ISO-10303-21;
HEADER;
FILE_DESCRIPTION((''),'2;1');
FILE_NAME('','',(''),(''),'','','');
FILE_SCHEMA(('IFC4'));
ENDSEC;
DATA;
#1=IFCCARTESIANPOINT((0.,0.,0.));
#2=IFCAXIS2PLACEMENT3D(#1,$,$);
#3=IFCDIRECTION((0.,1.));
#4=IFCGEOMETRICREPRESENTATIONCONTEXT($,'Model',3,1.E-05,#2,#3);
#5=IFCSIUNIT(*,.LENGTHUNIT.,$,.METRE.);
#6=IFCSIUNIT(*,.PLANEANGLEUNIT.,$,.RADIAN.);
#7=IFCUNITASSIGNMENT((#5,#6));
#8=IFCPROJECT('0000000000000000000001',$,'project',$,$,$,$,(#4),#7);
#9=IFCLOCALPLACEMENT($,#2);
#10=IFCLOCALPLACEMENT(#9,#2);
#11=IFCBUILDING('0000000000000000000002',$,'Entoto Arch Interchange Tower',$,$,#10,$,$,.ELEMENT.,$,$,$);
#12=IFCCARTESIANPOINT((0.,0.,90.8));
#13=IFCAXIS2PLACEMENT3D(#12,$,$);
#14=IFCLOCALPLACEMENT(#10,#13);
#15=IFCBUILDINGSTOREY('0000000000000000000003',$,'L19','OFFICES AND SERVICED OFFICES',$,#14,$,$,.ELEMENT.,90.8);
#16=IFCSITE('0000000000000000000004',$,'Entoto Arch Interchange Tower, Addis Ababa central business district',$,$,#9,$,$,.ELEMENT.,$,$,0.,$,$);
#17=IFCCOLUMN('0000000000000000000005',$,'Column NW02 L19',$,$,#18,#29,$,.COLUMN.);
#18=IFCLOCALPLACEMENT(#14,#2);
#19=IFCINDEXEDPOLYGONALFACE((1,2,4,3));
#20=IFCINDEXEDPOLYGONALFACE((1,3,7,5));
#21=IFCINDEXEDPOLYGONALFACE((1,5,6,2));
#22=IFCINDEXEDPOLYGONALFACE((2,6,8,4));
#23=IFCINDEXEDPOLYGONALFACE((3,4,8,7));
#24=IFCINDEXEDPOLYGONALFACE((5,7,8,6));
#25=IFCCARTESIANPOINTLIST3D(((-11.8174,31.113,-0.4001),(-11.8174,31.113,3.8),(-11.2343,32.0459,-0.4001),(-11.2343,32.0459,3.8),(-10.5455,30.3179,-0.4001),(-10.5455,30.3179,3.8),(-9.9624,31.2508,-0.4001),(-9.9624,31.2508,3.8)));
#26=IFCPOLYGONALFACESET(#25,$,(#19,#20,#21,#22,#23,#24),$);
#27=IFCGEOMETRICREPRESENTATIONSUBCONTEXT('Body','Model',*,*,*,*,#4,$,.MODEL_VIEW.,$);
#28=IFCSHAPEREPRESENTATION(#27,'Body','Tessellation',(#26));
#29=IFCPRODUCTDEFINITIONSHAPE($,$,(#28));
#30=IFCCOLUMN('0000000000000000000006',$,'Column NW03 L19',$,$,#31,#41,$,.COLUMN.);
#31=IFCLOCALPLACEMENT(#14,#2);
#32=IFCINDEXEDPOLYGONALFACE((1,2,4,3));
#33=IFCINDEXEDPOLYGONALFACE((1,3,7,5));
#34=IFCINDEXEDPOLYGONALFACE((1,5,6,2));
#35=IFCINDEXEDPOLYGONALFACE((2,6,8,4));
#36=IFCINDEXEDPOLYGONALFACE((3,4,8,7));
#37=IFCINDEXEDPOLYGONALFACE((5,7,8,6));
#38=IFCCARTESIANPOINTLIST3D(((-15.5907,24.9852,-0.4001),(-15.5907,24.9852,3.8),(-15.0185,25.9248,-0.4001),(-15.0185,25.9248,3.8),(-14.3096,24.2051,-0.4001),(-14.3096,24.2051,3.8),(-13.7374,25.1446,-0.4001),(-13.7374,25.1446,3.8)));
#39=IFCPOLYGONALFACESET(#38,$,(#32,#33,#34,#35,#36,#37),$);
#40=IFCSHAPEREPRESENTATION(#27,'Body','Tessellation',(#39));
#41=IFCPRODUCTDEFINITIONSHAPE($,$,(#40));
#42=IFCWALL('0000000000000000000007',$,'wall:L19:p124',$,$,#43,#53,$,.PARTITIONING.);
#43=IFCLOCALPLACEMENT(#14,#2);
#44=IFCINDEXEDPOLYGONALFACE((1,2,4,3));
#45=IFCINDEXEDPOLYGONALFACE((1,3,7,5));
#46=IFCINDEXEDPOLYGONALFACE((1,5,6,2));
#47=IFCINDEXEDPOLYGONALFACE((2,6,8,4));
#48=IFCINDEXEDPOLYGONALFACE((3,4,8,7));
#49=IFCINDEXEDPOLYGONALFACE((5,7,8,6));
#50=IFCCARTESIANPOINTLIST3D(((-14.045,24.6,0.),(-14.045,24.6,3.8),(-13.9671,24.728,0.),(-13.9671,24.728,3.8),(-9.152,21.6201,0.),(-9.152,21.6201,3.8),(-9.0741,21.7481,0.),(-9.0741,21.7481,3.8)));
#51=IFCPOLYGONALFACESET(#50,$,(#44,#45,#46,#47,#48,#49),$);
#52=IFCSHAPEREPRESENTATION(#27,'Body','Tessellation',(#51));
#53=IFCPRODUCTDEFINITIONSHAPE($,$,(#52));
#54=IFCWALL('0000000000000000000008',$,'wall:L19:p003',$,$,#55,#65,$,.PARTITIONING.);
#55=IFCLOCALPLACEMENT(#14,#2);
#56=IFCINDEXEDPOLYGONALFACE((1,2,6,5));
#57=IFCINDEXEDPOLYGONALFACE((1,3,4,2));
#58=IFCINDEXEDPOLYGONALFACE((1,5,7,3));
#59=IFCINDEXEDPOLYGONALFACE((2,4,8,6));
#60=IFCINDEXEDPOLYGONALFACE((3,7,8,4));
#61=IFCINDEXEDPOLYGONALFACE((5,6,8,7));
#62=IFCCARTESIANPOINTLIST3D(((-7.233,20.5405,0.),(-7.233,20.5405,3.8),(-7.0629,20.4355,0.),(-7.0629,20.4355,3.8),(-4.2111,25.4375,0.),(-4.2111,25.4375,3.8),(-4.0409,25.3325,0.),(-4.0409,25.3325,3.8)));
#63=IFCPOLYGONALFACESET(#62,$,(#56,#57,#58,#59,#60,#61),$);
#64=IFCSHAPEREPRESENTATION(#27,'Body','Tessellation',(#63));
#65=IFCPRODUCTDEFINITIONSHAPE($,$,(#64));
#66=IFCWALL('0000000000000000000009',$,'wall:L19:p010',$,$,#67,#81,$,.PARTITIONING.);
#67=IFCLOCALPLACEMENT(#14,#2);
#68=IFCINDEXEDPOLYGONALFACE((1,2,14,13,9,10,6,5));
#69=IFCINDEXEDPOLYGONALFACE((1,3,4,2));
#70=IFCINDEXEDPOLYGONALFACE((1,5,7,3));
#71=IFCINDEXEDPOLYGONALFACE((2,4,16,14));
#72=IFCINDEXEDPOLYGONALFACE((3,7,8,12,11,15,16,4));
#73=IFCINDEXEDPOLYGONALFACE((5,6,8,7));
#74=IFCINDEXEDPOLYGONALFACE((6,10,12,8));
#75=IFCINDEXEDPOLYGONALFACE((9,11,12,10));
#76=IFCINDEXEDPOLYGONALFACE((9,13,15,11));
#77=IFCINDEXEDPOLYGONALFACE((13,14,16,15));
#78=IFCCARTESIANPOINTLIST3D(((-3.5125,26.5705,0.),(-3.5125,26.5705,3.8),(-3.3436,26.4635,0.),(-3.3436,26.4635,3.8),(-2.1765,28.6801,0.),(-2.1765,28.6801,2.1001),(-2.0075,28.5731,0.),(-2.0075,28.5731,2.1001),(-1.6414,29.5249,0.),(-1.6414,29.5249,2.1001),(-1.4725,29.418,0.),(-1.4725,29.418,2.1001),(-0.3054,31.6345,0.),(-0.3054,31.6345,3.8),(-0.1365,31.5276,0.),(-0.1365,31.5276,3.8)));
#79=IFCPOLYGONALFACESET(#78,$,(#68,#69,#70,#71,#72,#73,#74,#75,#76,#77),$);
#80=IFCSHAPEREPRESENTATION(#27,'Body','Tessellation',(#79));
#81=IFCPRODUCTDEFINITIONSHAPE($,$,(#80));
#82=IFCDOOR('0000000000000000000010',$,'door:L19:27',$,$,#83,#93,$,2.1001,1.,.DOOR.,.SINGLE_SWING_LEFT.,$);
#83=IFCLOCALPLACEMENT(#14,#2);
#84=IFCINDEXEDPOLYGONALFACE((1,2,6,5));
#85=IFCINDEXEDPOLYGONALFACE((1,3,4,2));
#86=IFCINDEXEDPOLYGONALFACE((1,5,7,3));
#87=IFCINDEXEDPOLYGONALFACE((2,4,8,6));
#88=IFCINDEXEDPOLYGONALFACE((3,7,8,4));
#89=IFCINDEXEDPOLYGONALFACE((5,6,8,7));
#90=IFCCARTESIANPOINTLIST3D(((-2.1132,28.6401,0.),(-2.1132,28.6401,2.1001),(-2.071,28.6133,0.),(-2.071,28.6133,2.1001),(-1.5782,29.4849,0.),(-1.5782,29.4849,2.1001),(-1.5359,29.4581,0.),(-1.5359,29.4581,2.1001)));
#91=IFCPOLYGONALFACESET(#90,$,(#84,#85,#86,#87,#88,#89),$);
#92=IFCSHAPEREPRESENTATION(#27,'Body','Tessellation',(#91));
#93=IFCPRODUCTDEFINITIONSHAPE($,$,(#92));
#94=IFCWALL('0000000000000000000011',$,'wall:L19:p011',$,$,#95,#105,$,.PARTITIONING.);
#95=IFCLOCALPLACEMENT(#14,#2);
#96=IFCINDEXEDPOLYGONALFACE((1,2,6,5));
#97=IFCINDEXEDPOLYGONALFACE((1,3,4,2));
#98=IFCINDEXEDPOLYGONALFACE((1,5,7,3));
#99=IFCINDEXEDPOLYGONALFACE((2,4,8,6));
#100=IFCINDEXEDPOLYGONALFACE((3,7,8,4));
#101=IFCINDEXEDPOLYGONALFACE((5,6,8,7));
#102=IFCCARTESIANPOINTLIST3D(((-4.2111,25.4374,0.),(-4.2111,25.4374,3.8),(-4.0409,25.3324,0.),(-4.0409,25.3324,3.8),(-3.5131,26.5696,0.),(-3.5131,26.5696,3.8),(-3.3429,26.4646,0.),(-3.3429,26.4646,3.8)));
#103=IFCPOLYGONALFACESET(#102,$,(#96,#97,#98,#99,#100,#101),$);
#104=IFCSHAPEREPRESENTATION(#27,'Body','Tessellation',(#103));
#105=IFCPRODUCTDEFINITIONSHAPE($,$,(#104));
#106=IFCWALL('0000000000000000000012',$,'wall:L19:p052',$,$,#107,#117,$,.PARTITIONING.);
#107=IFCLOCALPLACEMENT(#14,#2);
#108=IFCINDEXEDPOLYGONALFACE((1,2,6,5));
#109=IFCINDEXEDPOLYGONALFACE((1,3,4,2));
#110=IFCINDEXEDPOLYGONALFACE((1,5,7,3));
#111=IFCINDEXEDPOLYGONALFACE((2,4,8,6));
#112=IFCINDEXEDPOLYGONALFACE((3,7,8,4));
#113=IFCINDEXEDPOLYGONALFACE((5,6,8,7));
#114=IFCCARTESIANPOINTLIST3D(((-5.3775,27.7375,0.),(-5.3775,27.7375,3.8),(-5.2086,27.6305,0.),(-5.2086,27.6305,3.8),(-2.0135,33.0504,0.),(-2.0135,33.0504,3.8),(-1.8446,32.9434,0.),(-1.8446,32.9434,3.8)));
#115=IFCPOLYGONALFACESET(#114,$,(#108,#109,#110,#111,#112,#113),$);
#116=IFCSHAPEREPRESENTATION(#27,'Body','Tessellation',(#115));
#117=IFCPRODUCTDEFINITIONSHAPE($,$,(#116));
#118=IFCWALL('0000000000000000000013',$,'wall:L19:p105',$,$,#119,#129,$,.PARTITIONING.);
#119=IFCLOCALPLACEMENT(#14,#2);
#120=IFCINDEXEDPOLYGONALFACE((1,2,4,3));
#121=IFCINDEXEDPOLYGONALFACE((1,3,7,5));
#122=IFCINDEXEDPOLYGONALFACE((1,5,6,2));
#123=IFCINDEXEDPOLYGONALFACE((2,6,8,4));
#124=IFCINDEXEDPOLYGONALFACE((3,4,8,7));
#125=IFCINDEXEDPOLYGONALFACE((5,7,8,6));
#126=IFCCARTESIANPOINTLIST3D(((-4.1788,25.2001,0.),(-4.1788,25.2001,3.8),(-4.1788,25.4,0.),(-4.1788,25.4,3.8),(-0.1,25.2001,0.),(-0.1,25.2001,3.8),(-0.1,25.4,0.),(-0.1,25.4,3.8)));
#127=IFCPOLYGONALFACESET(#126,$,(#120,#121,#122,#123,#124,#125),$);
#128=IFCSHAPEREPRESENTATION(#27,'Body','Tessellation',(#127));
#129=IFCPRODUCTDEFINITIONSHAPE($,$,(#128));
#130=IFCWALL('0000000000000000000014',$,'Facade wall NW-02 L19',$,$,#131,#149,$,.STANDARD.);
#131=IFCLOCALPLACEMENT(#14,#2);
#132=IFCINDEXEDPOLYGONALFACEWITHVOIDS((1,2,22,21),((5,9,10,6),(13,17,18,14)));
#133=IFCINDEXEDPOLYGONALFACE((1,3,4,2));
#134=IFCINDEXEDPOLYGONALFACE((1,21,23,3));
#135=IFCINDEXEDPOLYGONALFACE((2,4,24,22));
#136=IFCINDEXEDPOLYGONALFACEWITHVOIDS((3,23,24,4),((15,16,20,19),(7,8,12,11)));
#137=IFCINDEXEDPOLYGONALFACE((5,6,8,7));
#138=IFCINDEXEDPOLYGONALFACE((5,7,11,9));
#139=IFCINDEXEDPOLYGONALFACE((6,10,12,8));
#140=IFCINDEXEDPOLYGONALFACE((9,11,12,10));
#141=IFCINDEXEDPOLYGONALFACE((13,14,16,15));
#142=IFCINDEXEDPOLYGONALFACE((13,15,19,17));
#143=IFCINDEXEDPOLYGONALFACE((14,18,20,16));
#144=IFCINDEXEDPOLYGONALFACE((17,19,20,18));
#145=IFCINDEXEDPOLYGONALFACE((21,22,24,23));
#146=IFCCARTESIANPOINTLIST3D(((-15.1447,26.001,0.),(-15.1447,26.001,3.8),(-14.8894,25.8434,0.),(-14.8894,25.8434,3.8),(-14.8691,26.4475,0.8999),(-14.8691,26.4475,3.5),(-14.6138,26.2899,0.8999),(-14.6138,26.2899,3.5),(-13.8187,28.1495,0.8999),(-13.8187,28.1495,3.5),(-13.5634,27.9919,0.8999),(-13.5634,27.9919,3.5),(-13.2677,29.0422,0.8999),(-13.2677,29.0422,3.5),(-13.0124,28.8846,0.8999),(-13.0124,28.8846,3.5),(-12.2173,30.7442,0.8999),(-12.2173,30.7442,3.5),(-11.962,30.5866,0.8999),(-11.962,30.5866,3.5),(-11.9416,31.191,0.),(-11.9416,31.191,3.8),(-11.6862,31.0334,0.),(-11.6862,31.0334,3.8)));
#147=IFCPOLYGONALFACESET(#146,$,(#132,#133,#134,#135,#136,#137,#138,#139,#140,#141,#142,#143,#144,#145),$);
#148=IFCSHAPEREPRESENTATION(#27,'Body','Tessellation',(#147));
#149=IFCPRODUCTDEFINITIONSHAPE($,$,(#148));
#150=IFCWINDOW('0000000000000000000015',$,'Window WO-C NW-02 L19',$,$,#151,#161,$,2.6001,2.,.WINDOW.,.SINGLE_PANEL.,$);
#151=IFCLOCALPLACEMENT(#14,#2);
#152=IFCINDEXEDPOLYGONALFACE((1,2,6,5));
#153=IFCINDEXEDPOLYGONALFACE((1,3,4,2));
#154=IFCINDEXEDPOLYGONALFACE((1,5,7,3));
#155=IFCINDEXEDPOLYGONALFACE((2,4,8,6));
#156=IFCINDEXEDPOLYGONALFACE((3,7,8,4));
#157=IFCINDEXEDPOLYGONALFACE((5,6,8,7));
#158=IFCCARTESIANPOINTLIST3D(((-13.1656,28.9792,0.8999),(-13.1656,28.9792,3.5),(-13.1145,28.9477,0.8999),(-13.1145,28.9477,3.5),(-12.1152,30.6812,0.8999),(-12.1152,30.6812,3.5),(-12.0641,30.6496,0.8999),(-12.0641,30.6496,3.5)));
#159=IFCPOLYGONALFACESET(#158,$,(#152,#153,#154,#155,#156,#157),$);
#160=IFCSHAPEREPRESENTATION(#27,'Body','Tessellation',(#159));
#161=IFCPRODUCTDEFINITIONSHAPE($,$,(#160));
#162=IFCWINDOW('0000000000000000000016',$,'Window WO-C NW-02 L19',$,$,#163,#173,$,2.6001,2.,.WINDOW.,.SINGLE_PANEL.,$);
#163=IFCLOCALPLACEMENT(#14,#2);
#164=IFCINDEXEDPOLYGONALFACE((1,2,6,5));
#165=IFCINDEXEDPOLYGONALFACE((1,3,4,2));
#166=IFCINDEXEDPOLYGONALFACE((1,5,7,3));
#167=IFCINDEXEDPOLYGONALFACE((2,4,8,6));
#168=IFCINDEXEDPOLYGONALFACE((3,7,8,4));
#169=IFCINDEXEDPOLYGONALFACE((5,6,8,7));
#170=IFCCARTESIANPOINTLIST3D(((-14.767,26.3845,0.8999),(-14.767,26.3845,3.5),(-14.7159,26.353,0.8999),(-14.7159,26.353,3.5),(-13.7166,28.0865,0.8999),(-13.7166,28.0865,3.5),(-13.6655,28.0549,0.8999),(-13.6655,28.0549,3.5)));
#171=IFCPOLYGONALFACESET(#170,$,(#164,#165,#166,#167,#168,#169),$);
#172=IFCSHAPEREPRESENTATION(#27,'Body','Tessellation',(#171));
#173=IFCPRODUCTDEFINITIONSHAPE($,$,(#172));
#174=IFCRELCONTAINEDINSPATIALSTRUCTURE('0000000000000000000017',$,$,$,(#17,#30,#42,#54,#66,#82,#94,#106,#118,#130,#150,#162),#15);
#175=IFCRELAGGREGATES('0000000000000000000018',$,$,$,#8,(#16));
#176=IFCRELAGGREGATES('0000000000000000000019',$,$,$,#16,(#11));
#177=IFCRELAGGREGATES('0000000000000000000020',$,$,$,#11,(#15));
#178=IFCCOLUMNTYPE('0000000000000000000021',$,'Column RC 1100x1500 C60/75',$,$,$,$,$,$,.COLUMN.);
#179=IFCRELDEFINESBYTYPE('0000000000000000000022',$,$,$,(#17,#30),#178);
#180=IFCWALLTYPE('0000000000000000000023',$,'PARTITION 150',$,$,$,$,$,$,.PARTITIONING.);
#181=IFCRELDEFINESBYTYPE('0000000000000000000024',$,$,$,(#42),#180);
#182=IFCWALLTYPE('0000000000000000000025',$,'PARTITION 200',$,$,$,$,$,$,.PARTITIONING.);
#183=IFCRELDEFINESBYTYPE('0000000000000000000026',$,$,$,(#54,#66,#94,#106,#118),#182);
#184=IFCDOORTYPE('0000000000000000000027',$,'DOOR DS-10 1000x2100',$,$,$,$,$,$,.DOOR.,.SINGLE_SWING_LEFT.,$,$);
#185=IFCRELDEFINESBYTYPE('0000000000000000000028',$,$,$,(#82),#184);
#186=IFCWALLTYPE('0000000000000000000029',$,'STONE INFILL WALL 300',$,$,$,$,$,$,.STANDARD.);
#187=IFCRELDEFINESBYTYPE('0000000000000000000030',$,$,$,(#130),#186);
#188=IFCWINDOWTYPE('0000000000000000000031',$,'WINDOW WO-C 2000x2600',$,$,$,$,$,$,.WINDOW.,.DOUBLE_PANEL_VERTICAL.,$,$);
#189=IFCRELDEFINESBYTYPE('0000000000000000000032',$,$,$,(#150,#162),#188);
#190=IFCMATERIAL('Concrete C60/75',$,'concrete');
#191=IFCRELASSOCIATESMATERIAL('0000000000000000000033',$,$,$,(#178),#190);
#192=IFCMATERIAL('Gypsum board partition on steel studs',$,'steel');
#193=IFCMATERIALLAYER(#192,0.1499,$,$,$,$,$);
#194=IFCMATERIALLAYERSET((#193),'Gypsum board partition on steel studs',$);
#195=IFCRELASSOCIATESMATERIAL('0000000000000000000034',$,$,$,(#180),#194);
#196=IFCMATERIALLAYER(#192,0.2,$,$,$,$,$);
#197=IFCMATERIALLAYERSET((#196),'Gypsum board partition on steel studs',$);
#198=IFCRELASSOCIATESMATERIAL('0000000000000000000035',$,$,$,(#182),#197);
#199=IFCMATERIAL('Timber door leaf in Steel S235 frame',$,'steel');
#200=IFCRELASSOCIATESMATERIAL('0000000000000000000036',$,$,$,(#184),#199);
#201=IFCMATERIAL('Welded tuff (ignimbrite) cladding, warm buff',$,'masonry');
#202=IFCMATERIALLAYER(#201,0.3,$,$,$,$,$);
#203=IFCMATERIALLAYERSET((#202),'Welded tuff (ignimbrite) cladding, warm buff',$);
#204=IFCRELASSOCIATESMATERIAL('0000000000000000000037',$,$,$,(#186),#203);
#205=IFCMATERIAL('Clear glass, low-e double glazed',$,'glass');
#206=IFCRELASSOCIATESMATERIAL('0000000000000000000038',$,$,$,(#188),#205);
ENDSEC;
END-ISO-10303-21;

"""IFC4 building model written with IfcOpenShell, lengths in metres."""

from ifc_helpers import new_model, si_unit, direction, frame, frame_2d, origin, origin_2d, place, context, subcontext, project, spatial, rectangle, extrude, material, layer, layer_set, material_profile, profile_set, type_object, element, fill, save


model = new_model("IFC4")

# Units and contexts
model_context = context("Model", 3, precision=1e-05, world=origin(), true_north=direction((0.0, 1.0)))
body_context = subcontext(model_context, "Body", "Model", "MODEL_VIEW")
ifc_project = project(units=[si_unit("LENGTHUNIT", "METRE"), si_unit("PLANEANGLEUNIT", "RADIAN")], contexts=[model_context])

# Site, building, storey
site_placement = place(None, origin())
site = spatial("IfcSite", under=ifc_project, at=site_placement, Name="Entoto Arch Interchange Tower, Addis Ababa central business district", CompositionType="ELEMENT", RefElevation=0.0)
building_placement = place(site_placement, origin())
building = spatial("IfcBuilding", under=site, at=building_placement, Name="Entoto Arch Interchange Tower", CompositionType="ELEMENT")
storey_placement = place(building_placement, frame((0.0, 0.0, 90.8)))
storey = spatial("IfcBuildingStorey", under=building, at=storey_placement, Name="L19", Description="OFFICES AND SERVICED OFFICES", CompositionType="ELEMENT", Elevation=90.8)

# Columns
ifc_material_1 = material(Name="Concrete C60/75", Category="concrete")
ifc_material_profile = material_profile(ifc_material_1, rectangle(XDim=1.1001, YDim=1.5, at=origin_2d()))
ifc_profile_set = profile_set([ifc_material_profile], Name="Concrete C60/75")
column_type = type_object("IfcColumnType", Name="Column RC 1100x1500 C60/75", PredefinedType="COLUMN", material=ifc_profile_set)
for number, where, z_axis, x_axis, name in (
    (1, (-10.8899, 31.1819, -0.4001), (0.0, 0.0, 1.0), (0.530067, 0.847956, 0.0), "Column NW02 L19"),
    (2, (-14.6641, 25.0649, -0.4001), (0.0, 0.0, 1.0), (0.520116, 0.854096, 0.0), "Column NW03 L19"),
):
    element("IfcColumn", number, at=place(storey_placement, frame(where, z_axis=z_axis, x_axis=x_axis)), inside=storey, type_object=column_type, Name=name, PredefinedType="COLUMN", context=body_context, shape_type="SweptSolid", body=[
        extrude(rectangle(XDim=1.1001, YDim=1.5, at=origin_2d()), origin(), (0.0, 0.0, 1.0), 4.2002),
    ])

# Walls
ifc_material_2 = material(Name="Gypsum board partition on steel studs", Category="steel")
ifc_layer_1 = layer(ifc_material_2, 0.1499)
ifc_layer_set_1 = layer_set([ifc_layer_1], Name="Gypsum board partition on steel studs")
wall_type_1 = type_object("IfcWallType", Name="PARTITION 150", PredefinedType="PARTITIONING", material=ifc_layer_set_1)
wall_1_placement = place(storey_placement, frame((-9.113, 21.6841, 0.0), z_axis=(0.0, 0.0, 1.0), x_axis=(-0.854075, 0.52015, 0.0)))
element("IfcWall", 3, at=wall_1_placement, inside=storey, type_object=wall_type_1, Name="wall:L19:p124", PredefinedType="PARTITIONING", context=body_context, shape_type="SweptSolid", body=[
    extrude(rectangle(XDim=5.729, YDim=0.1499, at=frame_2d((2.8645, 0.0))), origin(), (0.0, 0.0, 1.0), 3.8),
])
ifc_layer_2 = layer(ifc_material_2, 0.2)
ifc_layer_set_2 = layer_set([ifc_layer_2], Name="Gypsum board partition on steel studs")
wall_type_2 = type_object("IfcWallType", Name="PARTITION 200", PredefinedType="PARTITIONING", material=ifc_layer_set_2)
wall_2_placement = place(storey_placement, frame((-4.126, 25.385, 0.0), z_axis=(0.0, 0.0, 1.0), x_axis=(-0.525162, -0.851002, 0.0)))
element("IfcWall", 4, at=wall_2_placement, inside=storey, type_object=wall_type_2, Name="wall:L19:p003", PredefinedType="PARTITIONING", context=body_context, shape_type="SweptSolid", body=[
    extrude(rectangle(XDim=5.7544, YDim=0.2, at=frame_2d((2.8772, 0.0))), origin(), (0.0, 0.0, 1.0), 3.8),
])

# Wall, opening, door
wall_3_placement = place(storey_placement, frame((-0.2209, 31.5811, 0.0), z_axis=(0.0, 0.0, 1.0), x_axis=(-0.535035, -0.84483, 0.0)))
wall_3 = element("IfcWall", 5, at=wall_3_placement, inside=storey, type_object=wall_type_2, Name="wall:L19:p010", PredefinedType="PARTITIONING", context=body_context, shape_type="SweptSolid", body=[
    extrude(rectangle(XDim=5.9941, YDim=0.2, at=frame_2d((2.9971, 0.0))), origin(), (0.0, 0.0, 1.0), 3.8),
])
opening_1_placement = place(wall_3_placement, frame((2.4971, 0.0, 0.0)))
opening_1 = element("IfcOpeningElement", 6, at=opening_1_placement, cuts=wall_3, PredefinedType="OPENING", context=body_context, shape_type="SweptSolid", body=[
    extrude(rectangle(XDim=1.0, YDim=2.1001, at=frame_2d((0.5, 1.05))), frame((0.0, 0.1099, 0.0), z_axis=(0.0, -1.0, 0.0), x_axis=(1.0, 0.0, 0.0)), (0.0, 0.0, 1.0), 0.22),
])
ifc_material_3 = material(Name="Timber door leaf in Steel S235 frame", Category="steel")
door_type = type_object("IfcDoorType", Name="DOOR DS-10 1000x2100", OperationType="SINGLE_SWING_LEFT", PredefinedType="DOOR", material=ifc_material_3)
door_placement = place(opening_1_placement, origin())
door = element("IfcDoor", 7, at=door_placement, inside=storey, type_object=door_type, Name="door:L19:27", OperationType="SINGLE_SWING_LEFT", OverallHeight=2.1001, OverallWidth=1.0, PredefinedType="DOOR", context=body_context, shape_type="SweptSolid", body=[
    extrude(rectangle(XDim=1.0, YDim=2.1001, at=frame_2d((0.5, 1.05))), frame((0.0, 0.0249, 0.0), z_axis=(0.0, -1.0, 0.0), x_axis=(1.0, 0.0, 0.0)), (0.0, 0.0, 1.0), 0.05),
])
fill(opening_1, door)

# Walls
wall_4_placement = place(storey_placement, frame((-3.428, 26.5171, 0.0), z_axis=(0.0, 0.0, 1.0), x_axis=(-0.524824, -0.851211, 0.0)))
element("IfcWall", 8, at=wall_4_placement, inside=storey, type_object=wall_type_2, Name="wall:L19:p011", PredefinedType="PARTITIONING", context=body_context, shape_type="SweptSolid", body=[
    extrude(rectangle(XDim=1.3301, YDim=0.2, at=frame_2d((0.665, 0.0))), origin(), (0.0, 0.0, 1.0), 3.8),
])
wall_5_placement = place(storey_placement, frame((-5.293, 27.6841, 0.0), z_axis=(0.0, 0.0, 1.0), x_axis=(0.534952, 0.844882, 0.0)))
element("IfcWall", 9, at=wall_5_placement, inside=storey, type_object=wall_type_2, Name="wall:L19:p052", PredefinedType="PARTITIONING", context=body_context, shape_type="SweptSolid", body=[
    extrude(rectangle(XDim=6.2883, YDim=0.2, at=frame_2d((3.144, 0.0))), origin(), (0.0, 0.0, 1.0), 3.8),
])
wall_6_placement = place(storey_placement, frame((-4.179, 25.3, 0.0), z_axis=(0.0, 0.0, 1.0), x_axis=(1.0, 0.0, 0.0)))
element("IfcWall", 10, at=wall_6_placement, inside=storey, type_object=wall_type_2, Name="wall:L19:p105", PredefinedType="PARTITIONING", context=body_context, shape_type="SweptSolid", body=[
    extrude(rectangle(XDim=4.0789, YDim=0.2, at=frame_2d((2.0396, 0.0))), origin(), (0.0, 0.0, 1.0), 3.8),
])

# Wall, openings, windows
ifc_material_4 = material(Name="Welded tuff (ignimbrite) cladding, warm buff", Category="masonry")
ifc_layer_3 = layer(ifc_material_4, 0.3)
ifc_layer_set_3 = layer_set([ifc_layer_3], Name="Welded tuff (ignimbrite) cladding, warm buff")
wall_type_3 = type_object("IfcWallType", Name="STONE INFILL WALL 300", PredefinedType="STANDARD", material=ifc_layer_set_3)
wall_7_placement = place(storey_placement, frame((-11.814, 31.1121, 0.0), z_axis=(0.0, 0.0, 1.0), x_axis=(-0.525205, -0.850976, 0.0)))
wall_7 = element("IfcWall", 11, at=wall_7_placement, inside=storey, type_object=wall_type_3, Name="Facade wall NW-02 L19", PredefinedType="STANDARD", context=body_context, shape_type="SweptSolid", body=[
    extrude(rectangle(XDim=6.0989, YDim=0.3, at=frame_2d((3.0493, 0.0))), origin(), (0.0, 0.0, 1.0), 3.8),
])
opening_2_placement = place(wall_7_placement, frame((0.5249, 0.0, 0.8999)))
opening_2 = element("IfcOpeningElement", 12, at=opening_2_placement, cuts=wall_7, PredefinedType="OPENING", context=body_context, shape_type="SweptSolid", body=[
    extrude(rectangle(XDim=2.0, YDim=2.6001, at=frame_2d((1.0, 1.3))), frame((0.0, 0.1602, 0.0), z_axis=(0.0, -1.0, 0.0), x_axis=(1.0, 0.0, 0.0)), (0.0, 0.0, 1.0), 0.3201),
])
opening_3_placement = place(wall_7_placement, frame((3.574, 0.0, 0.8999)))
opening_3 = element("IfcOpeningElement", 13, at=opening_3_placement, cuts=wall_7, PredefinedType="OPENING", context=body_context, shape_type="SweptSolid", body=[
    extrude(rectangle(XDim=2.0, YDim=2.6001, at=frame_2d((1.0, 1.3))), frame((0.0, 0.1602, 0.0), z_axis=(0.0, -1.0, 0.0), x_axis=(1.0, 0.0, 0.0)), (0.0, 0.0, 1.0), 0.3201),
])
ifc_material_5 = material(Name="Clear glass, low-e double glazed", Category="glass")
window_type = type_object("IfcWindowType", Name="WINDOW WO-C 2000x2600", PartitioningType="DOUBLE_PANEL_VERTICAL", PredefinedType="WINDOW", material=ifc_material_5)
window_1_placement = place(opening_2_placement, origin())
window_1 = element("IfcWindow", 14, at=window_1_placement, inside=storey, type_object=window_type, Name="Window WO-C NW-02 L19", OverallHeight=2.6001, OverallWidth=2.0, PartitioningType="SINGLE_PANEL", PredefinedType="WINDOW", context=body_context, shape_type="SweptSolid", body=[
    extrude(rectangle(XDim=2.0, YDim=2.6001, at=frame_2d((1.0, 1.3))), frame((0.0, 0.03, 0.0), z_axis=(0.0, -1.0, 0.0), x_axis=(1.0, 0.0, 0.0)), (0.0, 0.0, 1.0), 0.0601),
])
fill(opening_2, window_1)
window_2_placement = place(opening_3_placement, origin())
window_2 = element("IfcWindow", 15, at=window_2_placement, inside=storey, type_object=window_type, Name="Window WO-C NW-02 L19", OverallHeight=2.6001, OverallWidth=2.0, PartitioningType="SINGLE_PANEL", PredefinedType="WINDOW", context=body_context, shape_type="SweptSolid", body=[
    extrude(rectangle(XDim=2.0, YDim=2.6001, at=frame_2d((1.0, 1.3))), frame((0.0, 0.03, 0.0), z_axis=(0.0, -1.0, 0.0), x_axis=(1.0, 0.0, 0.0)), (0.0, 0.0, 1.0), 0.0601),
])
fill(opening_3, window_2)

save(model, "model.ifc")
